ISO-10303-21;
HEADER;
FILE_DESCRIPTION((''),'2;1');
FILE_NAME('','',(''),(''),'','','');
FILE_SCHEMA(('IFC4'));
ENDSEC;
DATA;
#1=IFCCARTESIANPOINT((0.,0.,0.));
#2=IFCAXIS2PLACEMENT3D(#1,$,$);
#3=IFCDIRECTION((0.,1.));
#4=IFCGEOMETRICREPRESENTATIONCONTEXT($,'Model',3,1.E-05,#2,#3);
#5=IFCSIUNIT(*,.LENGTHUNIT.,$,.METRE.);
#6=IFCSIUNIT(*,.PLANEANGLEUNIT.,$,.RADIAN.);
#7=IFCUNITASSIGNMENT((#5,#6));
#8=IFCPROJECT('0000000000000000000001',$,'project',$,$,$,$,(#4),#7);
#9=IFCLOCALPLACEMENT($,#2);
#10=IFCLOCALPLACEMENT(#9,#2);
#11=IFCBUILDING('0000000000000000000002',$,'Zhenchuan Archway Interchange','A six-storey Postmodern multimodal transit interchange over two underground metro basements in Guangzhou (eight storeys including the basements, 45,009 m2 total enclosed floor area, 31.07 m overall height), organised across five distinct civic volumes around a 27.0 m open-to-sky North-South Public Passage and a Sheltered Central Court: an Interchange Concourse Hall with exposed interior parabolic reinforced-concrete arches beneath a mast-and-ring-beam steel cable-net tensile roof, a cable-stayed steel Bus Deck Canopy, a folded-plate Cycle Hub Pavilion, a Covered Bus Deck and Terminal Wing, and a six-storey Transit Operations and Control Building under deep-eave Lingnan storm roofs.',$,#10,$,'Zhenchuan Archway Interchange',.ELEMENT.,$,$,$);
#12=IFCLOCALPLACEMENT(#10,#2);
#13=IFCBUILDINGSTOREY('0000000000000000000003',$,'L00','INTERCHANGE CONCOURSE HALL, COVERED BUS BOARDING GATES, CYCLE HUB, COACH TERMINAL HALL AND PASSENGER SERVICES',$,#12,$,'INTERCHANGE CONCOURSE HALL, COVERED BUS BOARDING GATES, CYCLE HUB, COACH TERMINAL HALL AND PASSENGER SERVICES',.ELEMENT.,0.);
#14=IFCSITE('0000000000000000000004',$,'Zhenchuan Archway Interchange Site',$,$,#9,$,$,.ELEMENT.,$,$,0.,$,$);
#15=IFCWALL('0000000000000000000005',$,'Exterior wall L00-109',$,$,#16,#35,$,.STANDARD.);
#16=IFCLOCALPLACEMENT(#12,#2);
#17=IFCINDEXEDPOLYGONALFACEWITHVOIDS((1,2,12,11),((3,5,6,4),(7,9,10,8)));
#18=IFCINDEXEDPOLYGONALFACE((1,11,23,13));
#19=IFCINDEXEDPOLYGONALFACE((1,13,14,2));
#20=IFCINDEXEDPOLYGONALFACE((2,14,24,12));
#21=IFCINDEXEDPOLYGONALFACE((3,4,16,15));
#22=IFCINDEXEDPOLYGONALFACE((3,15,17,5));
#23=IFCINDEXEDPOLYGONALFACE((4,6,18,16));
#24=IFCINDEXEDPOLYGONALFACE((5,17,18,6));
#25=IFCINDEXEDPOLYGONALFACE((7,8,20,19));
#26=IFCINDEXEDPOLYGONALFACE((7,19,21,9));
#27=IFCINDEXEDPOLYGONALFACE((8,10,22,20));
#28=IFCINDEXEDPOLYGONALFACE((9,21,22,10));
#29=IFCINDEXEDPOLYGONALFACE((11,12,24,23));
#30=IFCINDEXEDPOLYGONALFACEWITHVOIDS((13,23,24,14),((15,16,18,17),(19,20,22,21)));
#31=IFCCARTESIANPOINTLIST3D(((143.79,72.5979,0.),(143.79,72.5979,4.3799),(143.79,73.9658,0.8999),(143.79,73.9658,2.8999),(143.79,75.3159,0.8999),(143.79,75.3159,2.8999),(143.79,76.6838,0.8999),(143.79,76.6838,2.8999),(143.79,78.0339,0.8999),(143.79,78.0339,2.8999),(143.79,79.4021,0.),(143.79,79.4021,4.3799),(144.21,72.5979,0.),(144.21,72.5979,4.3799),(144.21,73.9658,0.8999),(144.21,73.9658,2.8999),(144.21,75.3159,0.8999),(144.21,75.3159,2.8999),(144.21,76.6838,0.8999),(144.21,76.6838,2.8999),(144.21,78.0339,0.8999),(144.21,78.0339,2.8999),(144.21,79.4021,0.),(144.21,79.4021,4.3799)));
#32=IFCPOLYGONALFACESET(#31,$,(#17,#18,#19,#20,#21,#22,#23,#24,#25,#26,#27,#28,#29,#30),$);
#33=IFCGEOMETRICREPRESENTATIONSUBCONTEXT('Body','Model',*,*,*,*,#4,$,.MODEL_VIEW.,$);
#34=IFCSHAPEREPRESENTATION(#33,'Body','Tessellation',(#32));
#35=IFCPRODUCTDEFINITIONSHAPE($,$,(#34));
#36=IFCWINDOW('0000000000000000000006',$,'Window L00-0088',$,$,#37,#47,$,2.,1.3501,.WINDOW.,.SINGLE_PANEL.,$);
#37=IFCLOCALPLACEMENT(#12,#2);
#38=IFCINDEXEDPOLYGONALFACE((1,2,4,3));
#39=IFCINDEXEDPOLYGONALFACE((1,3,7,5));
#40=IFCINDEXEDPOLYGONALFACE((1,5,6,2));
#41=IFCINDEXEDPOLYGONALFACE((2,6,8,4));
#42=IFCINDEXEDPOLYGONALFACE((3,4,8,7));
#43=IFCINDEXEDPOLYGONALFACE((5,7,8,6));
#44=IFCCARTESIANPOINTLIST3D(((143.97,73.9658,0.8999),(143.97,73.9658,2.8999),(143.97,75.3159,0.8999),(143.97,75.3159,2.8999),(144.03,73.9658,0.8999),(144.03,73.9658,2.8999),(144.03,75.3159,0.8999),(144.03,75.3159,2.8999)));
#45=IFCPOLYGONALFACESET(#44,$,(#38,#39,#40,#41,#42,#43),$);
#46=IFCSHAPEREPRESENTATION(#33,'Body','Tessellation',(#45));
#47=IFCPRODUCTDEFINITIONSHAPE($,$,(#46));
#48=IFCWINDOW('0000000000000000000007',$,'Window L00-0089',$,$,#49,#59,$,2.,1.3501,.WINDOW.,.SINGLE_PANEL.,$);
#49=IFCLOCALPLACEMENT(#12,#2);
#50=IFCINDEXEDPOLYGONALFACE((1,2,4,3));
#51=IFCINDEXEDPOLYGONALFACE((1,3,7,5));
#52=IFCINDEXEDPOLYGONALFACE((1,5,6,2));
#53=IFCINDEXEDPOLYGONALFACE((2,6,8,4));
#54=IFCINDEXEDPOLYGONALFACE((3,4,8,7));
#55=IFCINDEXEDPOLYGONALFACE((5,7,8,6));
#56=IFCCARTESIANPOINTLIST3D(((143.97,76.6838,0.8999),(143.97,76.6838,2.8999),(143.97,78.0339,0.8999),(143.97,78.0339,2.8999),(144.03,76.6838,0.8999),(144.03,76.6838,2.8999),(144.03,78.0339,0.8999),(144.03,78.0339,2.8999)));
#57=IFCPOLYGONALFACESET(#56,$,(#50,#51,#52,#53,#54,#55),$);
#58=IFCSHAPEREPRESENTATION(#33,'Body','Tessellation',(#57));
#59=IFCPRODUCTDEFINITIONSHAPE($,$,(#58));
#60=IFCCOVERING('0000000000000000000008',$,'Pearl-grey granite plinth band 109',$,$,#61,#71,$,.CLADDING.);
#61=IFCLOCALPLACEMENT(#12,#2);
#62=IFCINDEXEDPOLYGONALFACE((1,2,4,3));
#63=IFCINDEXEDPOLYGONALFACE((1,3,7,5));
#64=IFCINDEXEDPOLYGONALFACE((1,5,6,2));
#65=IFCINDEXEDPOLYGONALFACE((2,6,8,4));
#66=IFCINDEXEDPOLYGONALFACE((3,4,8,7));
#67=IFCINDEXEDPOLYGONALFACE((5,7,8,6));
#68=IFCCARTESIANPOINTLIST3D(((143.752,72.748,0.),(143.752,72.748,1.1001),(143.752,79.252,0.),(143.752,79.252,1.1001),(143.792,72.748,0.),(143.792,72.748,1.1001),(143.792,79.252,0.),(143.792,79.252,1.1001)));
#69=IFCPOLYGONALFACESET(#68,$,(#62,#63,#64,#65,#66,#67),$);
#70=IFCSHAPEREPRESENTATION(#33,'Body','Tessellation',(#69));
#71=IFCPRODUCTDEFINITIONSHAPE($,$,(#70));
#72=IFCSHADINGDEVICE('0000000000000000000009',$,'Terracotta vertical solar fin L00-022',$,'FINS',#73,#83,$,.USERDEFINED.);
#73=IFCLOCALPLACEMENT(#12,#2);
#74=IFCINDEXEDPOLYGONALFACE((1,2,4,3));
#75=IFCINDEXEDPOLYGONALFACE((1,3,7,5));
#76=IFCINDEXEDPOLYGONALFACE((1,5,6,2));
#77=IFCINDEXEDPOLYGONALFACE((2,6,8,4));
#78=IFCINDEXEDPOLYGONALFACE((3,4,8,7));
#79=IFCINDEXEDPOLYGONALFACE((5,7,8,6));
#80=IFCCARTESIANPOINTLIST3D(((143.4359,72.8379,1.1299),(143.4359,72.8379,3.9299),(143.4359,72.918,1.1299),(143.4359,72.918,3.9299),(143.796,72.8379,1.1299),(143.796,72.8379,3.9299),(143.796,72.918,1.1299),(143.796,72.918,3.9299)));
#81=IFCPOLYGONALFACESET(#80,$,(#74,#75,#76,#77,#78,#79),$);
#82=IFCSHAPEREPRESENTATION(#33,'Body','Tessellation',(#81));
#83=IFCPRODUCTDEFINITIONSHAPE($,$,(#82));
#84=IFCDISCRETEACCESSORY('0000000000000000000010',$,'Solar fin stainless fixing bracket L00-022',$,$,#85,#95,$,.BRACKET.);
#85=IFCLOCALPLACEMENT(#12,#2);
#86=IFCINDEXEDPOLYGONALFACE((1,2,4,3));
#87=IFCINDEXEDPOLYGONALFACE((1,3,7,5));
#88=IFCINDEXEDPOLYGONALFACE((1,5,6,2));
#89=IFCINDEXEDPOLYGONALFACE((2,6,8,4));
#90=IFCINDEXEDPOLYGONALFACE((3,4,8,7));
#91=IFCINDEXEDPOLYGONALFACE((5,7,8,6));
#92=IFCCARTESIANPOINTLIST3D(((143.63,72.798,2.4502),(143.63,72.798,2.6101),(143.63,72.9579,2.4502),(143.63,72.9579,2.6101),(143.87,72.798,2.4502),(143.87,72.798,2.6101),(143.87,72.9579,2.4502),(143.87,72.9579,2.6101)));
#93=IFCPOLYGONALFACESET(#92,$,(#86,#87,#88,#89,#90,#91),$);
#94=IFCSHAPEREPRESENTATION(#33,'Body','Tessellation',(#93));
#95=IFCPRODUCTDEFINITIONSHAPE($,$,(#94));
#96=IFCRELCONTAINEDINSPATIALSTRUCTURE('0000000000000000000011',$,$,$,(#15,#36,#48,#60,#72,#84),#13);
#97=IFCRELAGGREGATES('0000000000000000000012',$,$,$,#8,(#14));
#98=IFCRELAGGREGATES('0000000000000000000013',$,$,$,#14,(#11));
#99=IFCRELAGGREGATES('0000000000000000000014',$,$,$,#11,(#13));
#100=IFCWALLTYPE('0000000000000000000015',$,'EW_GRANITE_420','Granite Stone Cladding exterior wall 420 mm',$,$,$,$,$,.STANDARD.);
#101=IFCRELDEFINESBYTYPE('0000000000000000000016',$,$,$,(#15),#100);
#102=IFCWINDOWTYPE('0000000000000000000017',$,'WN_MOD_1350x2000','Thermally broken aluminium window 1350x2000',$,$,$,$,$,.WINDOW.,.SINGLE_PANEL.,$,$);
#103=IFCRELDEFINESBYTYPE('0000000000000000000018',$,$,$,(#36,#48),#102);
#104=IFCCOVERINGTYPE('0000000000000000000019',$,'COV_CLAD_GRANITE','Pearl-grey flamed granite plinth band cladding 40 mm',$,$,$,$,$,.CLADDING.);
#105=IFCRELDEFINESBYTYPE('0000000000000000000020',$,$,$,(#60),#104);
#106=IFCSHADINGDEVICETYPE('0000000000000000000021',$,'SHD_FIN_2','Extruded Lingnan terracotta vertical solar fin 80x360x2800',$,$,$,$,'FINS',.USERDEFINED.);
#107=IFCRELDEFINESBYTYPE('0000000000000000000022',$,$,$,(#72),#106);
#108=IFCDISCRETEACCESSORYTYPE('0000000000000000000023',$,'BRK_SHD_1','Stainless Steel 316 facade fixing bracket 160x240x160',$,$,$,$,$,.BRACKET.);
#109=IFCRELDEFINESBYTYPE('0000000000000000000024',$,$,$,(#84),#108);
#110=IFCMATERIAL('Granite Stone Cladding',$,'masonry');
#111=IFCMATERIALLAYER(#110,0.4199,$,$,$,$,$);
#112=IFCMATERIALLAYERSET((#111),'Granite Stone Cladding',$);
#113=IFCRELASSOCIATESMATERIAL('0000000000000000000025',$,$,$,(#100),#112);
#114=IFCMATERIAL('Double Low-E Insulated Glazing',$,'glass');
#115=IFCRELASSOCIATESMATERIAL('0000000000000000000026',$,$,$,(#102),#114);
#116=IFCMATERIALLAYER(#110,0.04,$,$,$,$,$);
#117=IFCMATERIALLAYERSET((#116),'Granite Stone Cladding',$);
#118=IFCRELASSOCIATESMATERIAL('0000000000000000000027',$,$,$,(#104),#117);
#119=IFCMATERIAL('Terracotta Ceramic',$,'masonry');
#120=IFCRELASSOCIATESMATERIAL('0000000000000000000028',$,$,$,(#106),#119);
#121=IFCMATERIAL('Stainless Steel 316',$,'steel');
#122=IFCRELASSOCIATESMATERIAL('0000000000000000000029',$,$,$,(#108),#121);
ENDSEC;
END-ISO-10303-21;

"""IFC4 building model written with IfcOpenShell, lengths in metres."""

from ifc_helpers import new_model, si_unit, direction, frame, frame_2d, origin, origin_2d, place, context, subcontext, project, spatial, rectangle, extrude, material, layer, layer_set, type_object, element, fill, save


model = new_model("IFC4")

# Units and contexts
model_context = context("Model", 3, precision=1e-05, world=origin(), true_north=direction((0.0, 1.0)))
body_context = subcontext(model_context, "Body", "Model", "MODEL_VIEW")
ifc_project = project(units=[si_unit("LENGTHUNIT", "METRE"), si_unit("PLANEANGLEUNIT", "RADIAN")], contexts=[model_context])

# Site, building, storey
site_placement = place(None, origin())
site = spatial("IfcSite", under=ifc_project, at=site_placement, Name="Zhenchuan Archway Interchange Site", CompositionType="ELEMENT", RefElevation=0.0)
building_placement = place(site_placement, origin())
building = spatial("IfcBuilding", under=site, at=building_placement, Name="Zhenchuan Archway Interchange", Description="A six-storey Postmodern multimodal transit interchange over two underground metro basements in Guangzhou (eight storeys including the basements, 45,009 m2 total enclosed floor area, 31.07 m overall height), organised across five distinct civic volumes around a 27.0 m open-to-sky North-South Public Passage and a Sheltered Central Court: an Interchange Concourse Hall with exposed interior parabolic reinforced-concrete arches beneath a mast-and-ring-beam steel cable-net tensile roof, a cable-stayed steel Bus Deck Canopy, a folded-plate Cycle Hub Pavilion, a Covered Bus Deck and Terminal Wing, and a six-storey Transit Operations and Control Building under deep-eave Lingnan storm roofs.", LongName="Zhenchuan Archway Interchange", CompositionType="ELEMENT")
storey_placement = place(building_placement, origin())
storey = spatial("IfcBuildingStorey", under=building, at=storey_placement, Name="L00", Description="INTERCHANGE CONCOURSE HALL, COVERED BUS BOARDING GATES, CYCLE HUB, COACH TERMINAL HALL AND PASSENGER SERVICES", LongName="INTERCHANGE CONCOURSE HALL, COVERED BUS BOARDING GATES, CYCLE HUB, COACH TERMINAL HALL AND PASSENGER SERVICES", CompositionType="ELEMENT", Elevation=0.0)

# Shared definitions
ifc_material_1 = material(Name="Double Low-E Insulated Glazing", Category="glass")

# Wall, openings, windows
ifc_material_2 = material(Name="Granite Stone Cladding", Category="masonry")
ifc_layer_1 = layer(ifc_material_2, 0.4199)
ifc_layer_set_1 = layer_set([ifc_layer_1], Name="Granite Stone Cladding")
wall_type = type_object("IfcWallType", Name="EW_GRANITE_420", Description="Granite Stone Cladding exterior wall 420 mm", PredefinedType="STANDARD", material=ifc_layer_set_1)
wall_placement = place(storey_placement, frame((144.0, 72.5979, 0.0), z_axis=(0.0, 0.0, 1.0), x_axis=(0.0, 1.0, 0.0)))
wall = element("IfcWall", 1, at=wall_placement, inside=storey, type_object=wall_type, Name="Exterior wall L00-109", PredefinedType="STANDARD", context=body_context, shape_type="SweptSolid", body=[
    extrude(rectangle(XDim=6.8042, YDim=0.4199, at=frame_2d((3.4021, 0.0))), origin(), (0.0, 0.0, 1.0), 4.3799),
])
opening_1_placement = place(wall_placement, frame((1.3679, 0.0, 0.8999)))
opening_1 = element("IfcOpeningElement", 2, at=opening_1_placement, cuts=wall, PredefinedType="OPENING", context=body_context, shape_type="SweptSolid", body=[
    extrude(rectangle(XDim=1.3501, YDim=2.0, at=frame_2d((0.675, 1.0))), frame((0.0, 0.2219, 0.0), z_axis=(0.0, -1.0, 0.0), x_axis=(1.0, 0.0, 0.0)), (0.0, 0.0, 1.0), 0.4438),
])
opening_2_placement = place(wall_placement, frame((4.0859, 0.0, 0.8999)))
opening_2 = element("IfcOpeningElement", 3, at=opening_2_placement, cuts=wall, PredefinedType="OPENING", context=body_context, shape_type="SweptSolid", body=[
    extrude(rectangle(XDim=1.3501, YDim=2.0, at=frame_2d((0.675, 1.0))), frame((0.0, 0.2219, 0.0), z_axis=(0.0, -1.0, 0.0), x_axis=(1.0, 0.0, 0.0)), (0.0, 0.0, 1.0), 0.4438),
])
window_type = type_object("IfcWindowType", Name="WN_MOD_1350x2000", Description="Thermally broken aluminium window 1350x2000", PartitioningType="SINGLE_PANEL", PredefinedType="WINDOW", material=ifc_material_1)
window_1_placement = place(opening_1_placement, origin())
window_1 = element("IfcWindow", 4, at=window_1_placement, inside=storey, type_object=window_type, Name="Window L00-0088", OverallHeight=2.0, OverallWidth=1.3501, PartitioningType="SINGLE_PANEL", PredefinedType="WINDOW", context=body_context, shape_type="SweptSolid", body=[
    extrude(rectangle(XDim=1.3501, YDim=2.0, at=frame_2d((0.675, 1.0))), frame((0.0, 0.03, 0.0), z_axis=(0.0, -1.0, 0.0), x_axis=(1.0, 0.0, 0.0)), (0.0, 0.0, 1.0), 0.0601),
])
fill(opening_1, window_1)
window_2_placement = place(opening_2_placement, origin())
window_2 = element("IfcWindow", 5, at=window_2_placement, inside=storey, type_object=window_type, Name="Window L00-0089", OverallHeight=2.0, OverallWidth=1.3501, PartitioningType="SINGLE_PANEL", PredefinedType="WINDOW", context=body_context, shape_type="SweptSolid", body=[
    extrude(rectangle(XDim=1.3501, YDim=2.0, at=frame_2d((0.675, 1.0))), frame((0.0, 0.03, 0.0), z_axis=(0.0, -1.0, 0.0), x_axis=(1.0, 0.0, 0.0)), (0.0, 0.0, 1.0), 0.0601),
])
fill(opening_2, window_2)

# Covering
ifc_layer_2 = layer(ifc_material_2, 0.04)
ifc_layer_set_2 = layer_set([ifc_layer_2], Name="Granite Stone Cladding")
covering_type = type_object("IfcCoveringType", Name="COV_CLAD_GRANITE", Description="Pearl-grey flamed granite plinth band cladding 40 mm", PredefinedType="CLADDING", material=ifc_layer_set_2)
covering_placement = place(storey_placement, frame((143.772, 76.0, 0.0), z_axis=(0.0, 0.0, 1.0), x_axis=(0.0, 1.0, 0.0)))
element("IfcCovering", 6, at=covering_placement, inside=storey, type_object=covering_type, Name="Pearl-grey granite plinth band 109", PredefinedType="CLADDING", context=body_context, shape_type="SweptSolid", body=[
    extrude(rectangle(XDim=6.5039, YDim=0.04, at=origin_2d()), origin(), (0.0, 0.0, 1.0), 1.1001),
])

# Shading device
ifc_material_3 = material(Name="Terracotta Ceramic", Category="masonry")
shading_device_type = type_object("IfcShadingDeviceType", Name="SHD_FIN_2", Description="Extruded Lingnan terracotta vertical solar fin 80x360x2800", ElementType="FINS", PredefinedType="USERDEFINED", material=ifc_material_3)
shading_device_placement = place(storey_placement, frame((143.616, 72.8779, 1.1299), z_axis=(0.0, 0.0, 1.0), x_axis=(0.0, 1.0, 0.0)))
element("IfcShadingDevice", 7, at=shading_device_placement, inside=storey, type_object=shading_device_type, Name="Terracotta vertical solar fin L00-022", ObjectType="FINS", PredefinedType="USERDEFINED", context=body_context, shape_type="SweptSolid", body=[
    extrude(rectangle(XDim=0.0801, YDim=0.3601, at=origin_2d()), origin(), (0.0, 0.0, 1.0), 2.8),
])

# Discrete accessory
ifc_material_4 = material(Name="Stainless Steel 316", Category="steel")
discrete_accessory_type = type_object("IfcDiscreteAccessoryType", Name="BRK_SHD_1", Description="Stainless Steel 316 facade fixing bracket 160x240x160", PredefinedType="BRACKET", material=ifc_material_4)
discrete_accessory_placement = place(storey_placement, frame((143.75, 72.8779, 2.4502), z_axis=(0.0, 0.0, 1.0), x_axis=(0.0, 1.0, 0.0)))
element("IfcDiscreteAccessory", 8, at=discrete_accessory_placement, inside=storey, type_object=discrete_accessory_type, Name="Solar fin stainless fixing bracket L00-022", PredefinedType="BRACKET", context=body_context, shape_type="SweptSolid", body=[
    extrude(rectangle(XDim=0.1599, YDim=0.24, at=origin_2d()), origin(), (0.0, 0.0, 1.0), 0.1599),
])

save(model, "model.ifc")
